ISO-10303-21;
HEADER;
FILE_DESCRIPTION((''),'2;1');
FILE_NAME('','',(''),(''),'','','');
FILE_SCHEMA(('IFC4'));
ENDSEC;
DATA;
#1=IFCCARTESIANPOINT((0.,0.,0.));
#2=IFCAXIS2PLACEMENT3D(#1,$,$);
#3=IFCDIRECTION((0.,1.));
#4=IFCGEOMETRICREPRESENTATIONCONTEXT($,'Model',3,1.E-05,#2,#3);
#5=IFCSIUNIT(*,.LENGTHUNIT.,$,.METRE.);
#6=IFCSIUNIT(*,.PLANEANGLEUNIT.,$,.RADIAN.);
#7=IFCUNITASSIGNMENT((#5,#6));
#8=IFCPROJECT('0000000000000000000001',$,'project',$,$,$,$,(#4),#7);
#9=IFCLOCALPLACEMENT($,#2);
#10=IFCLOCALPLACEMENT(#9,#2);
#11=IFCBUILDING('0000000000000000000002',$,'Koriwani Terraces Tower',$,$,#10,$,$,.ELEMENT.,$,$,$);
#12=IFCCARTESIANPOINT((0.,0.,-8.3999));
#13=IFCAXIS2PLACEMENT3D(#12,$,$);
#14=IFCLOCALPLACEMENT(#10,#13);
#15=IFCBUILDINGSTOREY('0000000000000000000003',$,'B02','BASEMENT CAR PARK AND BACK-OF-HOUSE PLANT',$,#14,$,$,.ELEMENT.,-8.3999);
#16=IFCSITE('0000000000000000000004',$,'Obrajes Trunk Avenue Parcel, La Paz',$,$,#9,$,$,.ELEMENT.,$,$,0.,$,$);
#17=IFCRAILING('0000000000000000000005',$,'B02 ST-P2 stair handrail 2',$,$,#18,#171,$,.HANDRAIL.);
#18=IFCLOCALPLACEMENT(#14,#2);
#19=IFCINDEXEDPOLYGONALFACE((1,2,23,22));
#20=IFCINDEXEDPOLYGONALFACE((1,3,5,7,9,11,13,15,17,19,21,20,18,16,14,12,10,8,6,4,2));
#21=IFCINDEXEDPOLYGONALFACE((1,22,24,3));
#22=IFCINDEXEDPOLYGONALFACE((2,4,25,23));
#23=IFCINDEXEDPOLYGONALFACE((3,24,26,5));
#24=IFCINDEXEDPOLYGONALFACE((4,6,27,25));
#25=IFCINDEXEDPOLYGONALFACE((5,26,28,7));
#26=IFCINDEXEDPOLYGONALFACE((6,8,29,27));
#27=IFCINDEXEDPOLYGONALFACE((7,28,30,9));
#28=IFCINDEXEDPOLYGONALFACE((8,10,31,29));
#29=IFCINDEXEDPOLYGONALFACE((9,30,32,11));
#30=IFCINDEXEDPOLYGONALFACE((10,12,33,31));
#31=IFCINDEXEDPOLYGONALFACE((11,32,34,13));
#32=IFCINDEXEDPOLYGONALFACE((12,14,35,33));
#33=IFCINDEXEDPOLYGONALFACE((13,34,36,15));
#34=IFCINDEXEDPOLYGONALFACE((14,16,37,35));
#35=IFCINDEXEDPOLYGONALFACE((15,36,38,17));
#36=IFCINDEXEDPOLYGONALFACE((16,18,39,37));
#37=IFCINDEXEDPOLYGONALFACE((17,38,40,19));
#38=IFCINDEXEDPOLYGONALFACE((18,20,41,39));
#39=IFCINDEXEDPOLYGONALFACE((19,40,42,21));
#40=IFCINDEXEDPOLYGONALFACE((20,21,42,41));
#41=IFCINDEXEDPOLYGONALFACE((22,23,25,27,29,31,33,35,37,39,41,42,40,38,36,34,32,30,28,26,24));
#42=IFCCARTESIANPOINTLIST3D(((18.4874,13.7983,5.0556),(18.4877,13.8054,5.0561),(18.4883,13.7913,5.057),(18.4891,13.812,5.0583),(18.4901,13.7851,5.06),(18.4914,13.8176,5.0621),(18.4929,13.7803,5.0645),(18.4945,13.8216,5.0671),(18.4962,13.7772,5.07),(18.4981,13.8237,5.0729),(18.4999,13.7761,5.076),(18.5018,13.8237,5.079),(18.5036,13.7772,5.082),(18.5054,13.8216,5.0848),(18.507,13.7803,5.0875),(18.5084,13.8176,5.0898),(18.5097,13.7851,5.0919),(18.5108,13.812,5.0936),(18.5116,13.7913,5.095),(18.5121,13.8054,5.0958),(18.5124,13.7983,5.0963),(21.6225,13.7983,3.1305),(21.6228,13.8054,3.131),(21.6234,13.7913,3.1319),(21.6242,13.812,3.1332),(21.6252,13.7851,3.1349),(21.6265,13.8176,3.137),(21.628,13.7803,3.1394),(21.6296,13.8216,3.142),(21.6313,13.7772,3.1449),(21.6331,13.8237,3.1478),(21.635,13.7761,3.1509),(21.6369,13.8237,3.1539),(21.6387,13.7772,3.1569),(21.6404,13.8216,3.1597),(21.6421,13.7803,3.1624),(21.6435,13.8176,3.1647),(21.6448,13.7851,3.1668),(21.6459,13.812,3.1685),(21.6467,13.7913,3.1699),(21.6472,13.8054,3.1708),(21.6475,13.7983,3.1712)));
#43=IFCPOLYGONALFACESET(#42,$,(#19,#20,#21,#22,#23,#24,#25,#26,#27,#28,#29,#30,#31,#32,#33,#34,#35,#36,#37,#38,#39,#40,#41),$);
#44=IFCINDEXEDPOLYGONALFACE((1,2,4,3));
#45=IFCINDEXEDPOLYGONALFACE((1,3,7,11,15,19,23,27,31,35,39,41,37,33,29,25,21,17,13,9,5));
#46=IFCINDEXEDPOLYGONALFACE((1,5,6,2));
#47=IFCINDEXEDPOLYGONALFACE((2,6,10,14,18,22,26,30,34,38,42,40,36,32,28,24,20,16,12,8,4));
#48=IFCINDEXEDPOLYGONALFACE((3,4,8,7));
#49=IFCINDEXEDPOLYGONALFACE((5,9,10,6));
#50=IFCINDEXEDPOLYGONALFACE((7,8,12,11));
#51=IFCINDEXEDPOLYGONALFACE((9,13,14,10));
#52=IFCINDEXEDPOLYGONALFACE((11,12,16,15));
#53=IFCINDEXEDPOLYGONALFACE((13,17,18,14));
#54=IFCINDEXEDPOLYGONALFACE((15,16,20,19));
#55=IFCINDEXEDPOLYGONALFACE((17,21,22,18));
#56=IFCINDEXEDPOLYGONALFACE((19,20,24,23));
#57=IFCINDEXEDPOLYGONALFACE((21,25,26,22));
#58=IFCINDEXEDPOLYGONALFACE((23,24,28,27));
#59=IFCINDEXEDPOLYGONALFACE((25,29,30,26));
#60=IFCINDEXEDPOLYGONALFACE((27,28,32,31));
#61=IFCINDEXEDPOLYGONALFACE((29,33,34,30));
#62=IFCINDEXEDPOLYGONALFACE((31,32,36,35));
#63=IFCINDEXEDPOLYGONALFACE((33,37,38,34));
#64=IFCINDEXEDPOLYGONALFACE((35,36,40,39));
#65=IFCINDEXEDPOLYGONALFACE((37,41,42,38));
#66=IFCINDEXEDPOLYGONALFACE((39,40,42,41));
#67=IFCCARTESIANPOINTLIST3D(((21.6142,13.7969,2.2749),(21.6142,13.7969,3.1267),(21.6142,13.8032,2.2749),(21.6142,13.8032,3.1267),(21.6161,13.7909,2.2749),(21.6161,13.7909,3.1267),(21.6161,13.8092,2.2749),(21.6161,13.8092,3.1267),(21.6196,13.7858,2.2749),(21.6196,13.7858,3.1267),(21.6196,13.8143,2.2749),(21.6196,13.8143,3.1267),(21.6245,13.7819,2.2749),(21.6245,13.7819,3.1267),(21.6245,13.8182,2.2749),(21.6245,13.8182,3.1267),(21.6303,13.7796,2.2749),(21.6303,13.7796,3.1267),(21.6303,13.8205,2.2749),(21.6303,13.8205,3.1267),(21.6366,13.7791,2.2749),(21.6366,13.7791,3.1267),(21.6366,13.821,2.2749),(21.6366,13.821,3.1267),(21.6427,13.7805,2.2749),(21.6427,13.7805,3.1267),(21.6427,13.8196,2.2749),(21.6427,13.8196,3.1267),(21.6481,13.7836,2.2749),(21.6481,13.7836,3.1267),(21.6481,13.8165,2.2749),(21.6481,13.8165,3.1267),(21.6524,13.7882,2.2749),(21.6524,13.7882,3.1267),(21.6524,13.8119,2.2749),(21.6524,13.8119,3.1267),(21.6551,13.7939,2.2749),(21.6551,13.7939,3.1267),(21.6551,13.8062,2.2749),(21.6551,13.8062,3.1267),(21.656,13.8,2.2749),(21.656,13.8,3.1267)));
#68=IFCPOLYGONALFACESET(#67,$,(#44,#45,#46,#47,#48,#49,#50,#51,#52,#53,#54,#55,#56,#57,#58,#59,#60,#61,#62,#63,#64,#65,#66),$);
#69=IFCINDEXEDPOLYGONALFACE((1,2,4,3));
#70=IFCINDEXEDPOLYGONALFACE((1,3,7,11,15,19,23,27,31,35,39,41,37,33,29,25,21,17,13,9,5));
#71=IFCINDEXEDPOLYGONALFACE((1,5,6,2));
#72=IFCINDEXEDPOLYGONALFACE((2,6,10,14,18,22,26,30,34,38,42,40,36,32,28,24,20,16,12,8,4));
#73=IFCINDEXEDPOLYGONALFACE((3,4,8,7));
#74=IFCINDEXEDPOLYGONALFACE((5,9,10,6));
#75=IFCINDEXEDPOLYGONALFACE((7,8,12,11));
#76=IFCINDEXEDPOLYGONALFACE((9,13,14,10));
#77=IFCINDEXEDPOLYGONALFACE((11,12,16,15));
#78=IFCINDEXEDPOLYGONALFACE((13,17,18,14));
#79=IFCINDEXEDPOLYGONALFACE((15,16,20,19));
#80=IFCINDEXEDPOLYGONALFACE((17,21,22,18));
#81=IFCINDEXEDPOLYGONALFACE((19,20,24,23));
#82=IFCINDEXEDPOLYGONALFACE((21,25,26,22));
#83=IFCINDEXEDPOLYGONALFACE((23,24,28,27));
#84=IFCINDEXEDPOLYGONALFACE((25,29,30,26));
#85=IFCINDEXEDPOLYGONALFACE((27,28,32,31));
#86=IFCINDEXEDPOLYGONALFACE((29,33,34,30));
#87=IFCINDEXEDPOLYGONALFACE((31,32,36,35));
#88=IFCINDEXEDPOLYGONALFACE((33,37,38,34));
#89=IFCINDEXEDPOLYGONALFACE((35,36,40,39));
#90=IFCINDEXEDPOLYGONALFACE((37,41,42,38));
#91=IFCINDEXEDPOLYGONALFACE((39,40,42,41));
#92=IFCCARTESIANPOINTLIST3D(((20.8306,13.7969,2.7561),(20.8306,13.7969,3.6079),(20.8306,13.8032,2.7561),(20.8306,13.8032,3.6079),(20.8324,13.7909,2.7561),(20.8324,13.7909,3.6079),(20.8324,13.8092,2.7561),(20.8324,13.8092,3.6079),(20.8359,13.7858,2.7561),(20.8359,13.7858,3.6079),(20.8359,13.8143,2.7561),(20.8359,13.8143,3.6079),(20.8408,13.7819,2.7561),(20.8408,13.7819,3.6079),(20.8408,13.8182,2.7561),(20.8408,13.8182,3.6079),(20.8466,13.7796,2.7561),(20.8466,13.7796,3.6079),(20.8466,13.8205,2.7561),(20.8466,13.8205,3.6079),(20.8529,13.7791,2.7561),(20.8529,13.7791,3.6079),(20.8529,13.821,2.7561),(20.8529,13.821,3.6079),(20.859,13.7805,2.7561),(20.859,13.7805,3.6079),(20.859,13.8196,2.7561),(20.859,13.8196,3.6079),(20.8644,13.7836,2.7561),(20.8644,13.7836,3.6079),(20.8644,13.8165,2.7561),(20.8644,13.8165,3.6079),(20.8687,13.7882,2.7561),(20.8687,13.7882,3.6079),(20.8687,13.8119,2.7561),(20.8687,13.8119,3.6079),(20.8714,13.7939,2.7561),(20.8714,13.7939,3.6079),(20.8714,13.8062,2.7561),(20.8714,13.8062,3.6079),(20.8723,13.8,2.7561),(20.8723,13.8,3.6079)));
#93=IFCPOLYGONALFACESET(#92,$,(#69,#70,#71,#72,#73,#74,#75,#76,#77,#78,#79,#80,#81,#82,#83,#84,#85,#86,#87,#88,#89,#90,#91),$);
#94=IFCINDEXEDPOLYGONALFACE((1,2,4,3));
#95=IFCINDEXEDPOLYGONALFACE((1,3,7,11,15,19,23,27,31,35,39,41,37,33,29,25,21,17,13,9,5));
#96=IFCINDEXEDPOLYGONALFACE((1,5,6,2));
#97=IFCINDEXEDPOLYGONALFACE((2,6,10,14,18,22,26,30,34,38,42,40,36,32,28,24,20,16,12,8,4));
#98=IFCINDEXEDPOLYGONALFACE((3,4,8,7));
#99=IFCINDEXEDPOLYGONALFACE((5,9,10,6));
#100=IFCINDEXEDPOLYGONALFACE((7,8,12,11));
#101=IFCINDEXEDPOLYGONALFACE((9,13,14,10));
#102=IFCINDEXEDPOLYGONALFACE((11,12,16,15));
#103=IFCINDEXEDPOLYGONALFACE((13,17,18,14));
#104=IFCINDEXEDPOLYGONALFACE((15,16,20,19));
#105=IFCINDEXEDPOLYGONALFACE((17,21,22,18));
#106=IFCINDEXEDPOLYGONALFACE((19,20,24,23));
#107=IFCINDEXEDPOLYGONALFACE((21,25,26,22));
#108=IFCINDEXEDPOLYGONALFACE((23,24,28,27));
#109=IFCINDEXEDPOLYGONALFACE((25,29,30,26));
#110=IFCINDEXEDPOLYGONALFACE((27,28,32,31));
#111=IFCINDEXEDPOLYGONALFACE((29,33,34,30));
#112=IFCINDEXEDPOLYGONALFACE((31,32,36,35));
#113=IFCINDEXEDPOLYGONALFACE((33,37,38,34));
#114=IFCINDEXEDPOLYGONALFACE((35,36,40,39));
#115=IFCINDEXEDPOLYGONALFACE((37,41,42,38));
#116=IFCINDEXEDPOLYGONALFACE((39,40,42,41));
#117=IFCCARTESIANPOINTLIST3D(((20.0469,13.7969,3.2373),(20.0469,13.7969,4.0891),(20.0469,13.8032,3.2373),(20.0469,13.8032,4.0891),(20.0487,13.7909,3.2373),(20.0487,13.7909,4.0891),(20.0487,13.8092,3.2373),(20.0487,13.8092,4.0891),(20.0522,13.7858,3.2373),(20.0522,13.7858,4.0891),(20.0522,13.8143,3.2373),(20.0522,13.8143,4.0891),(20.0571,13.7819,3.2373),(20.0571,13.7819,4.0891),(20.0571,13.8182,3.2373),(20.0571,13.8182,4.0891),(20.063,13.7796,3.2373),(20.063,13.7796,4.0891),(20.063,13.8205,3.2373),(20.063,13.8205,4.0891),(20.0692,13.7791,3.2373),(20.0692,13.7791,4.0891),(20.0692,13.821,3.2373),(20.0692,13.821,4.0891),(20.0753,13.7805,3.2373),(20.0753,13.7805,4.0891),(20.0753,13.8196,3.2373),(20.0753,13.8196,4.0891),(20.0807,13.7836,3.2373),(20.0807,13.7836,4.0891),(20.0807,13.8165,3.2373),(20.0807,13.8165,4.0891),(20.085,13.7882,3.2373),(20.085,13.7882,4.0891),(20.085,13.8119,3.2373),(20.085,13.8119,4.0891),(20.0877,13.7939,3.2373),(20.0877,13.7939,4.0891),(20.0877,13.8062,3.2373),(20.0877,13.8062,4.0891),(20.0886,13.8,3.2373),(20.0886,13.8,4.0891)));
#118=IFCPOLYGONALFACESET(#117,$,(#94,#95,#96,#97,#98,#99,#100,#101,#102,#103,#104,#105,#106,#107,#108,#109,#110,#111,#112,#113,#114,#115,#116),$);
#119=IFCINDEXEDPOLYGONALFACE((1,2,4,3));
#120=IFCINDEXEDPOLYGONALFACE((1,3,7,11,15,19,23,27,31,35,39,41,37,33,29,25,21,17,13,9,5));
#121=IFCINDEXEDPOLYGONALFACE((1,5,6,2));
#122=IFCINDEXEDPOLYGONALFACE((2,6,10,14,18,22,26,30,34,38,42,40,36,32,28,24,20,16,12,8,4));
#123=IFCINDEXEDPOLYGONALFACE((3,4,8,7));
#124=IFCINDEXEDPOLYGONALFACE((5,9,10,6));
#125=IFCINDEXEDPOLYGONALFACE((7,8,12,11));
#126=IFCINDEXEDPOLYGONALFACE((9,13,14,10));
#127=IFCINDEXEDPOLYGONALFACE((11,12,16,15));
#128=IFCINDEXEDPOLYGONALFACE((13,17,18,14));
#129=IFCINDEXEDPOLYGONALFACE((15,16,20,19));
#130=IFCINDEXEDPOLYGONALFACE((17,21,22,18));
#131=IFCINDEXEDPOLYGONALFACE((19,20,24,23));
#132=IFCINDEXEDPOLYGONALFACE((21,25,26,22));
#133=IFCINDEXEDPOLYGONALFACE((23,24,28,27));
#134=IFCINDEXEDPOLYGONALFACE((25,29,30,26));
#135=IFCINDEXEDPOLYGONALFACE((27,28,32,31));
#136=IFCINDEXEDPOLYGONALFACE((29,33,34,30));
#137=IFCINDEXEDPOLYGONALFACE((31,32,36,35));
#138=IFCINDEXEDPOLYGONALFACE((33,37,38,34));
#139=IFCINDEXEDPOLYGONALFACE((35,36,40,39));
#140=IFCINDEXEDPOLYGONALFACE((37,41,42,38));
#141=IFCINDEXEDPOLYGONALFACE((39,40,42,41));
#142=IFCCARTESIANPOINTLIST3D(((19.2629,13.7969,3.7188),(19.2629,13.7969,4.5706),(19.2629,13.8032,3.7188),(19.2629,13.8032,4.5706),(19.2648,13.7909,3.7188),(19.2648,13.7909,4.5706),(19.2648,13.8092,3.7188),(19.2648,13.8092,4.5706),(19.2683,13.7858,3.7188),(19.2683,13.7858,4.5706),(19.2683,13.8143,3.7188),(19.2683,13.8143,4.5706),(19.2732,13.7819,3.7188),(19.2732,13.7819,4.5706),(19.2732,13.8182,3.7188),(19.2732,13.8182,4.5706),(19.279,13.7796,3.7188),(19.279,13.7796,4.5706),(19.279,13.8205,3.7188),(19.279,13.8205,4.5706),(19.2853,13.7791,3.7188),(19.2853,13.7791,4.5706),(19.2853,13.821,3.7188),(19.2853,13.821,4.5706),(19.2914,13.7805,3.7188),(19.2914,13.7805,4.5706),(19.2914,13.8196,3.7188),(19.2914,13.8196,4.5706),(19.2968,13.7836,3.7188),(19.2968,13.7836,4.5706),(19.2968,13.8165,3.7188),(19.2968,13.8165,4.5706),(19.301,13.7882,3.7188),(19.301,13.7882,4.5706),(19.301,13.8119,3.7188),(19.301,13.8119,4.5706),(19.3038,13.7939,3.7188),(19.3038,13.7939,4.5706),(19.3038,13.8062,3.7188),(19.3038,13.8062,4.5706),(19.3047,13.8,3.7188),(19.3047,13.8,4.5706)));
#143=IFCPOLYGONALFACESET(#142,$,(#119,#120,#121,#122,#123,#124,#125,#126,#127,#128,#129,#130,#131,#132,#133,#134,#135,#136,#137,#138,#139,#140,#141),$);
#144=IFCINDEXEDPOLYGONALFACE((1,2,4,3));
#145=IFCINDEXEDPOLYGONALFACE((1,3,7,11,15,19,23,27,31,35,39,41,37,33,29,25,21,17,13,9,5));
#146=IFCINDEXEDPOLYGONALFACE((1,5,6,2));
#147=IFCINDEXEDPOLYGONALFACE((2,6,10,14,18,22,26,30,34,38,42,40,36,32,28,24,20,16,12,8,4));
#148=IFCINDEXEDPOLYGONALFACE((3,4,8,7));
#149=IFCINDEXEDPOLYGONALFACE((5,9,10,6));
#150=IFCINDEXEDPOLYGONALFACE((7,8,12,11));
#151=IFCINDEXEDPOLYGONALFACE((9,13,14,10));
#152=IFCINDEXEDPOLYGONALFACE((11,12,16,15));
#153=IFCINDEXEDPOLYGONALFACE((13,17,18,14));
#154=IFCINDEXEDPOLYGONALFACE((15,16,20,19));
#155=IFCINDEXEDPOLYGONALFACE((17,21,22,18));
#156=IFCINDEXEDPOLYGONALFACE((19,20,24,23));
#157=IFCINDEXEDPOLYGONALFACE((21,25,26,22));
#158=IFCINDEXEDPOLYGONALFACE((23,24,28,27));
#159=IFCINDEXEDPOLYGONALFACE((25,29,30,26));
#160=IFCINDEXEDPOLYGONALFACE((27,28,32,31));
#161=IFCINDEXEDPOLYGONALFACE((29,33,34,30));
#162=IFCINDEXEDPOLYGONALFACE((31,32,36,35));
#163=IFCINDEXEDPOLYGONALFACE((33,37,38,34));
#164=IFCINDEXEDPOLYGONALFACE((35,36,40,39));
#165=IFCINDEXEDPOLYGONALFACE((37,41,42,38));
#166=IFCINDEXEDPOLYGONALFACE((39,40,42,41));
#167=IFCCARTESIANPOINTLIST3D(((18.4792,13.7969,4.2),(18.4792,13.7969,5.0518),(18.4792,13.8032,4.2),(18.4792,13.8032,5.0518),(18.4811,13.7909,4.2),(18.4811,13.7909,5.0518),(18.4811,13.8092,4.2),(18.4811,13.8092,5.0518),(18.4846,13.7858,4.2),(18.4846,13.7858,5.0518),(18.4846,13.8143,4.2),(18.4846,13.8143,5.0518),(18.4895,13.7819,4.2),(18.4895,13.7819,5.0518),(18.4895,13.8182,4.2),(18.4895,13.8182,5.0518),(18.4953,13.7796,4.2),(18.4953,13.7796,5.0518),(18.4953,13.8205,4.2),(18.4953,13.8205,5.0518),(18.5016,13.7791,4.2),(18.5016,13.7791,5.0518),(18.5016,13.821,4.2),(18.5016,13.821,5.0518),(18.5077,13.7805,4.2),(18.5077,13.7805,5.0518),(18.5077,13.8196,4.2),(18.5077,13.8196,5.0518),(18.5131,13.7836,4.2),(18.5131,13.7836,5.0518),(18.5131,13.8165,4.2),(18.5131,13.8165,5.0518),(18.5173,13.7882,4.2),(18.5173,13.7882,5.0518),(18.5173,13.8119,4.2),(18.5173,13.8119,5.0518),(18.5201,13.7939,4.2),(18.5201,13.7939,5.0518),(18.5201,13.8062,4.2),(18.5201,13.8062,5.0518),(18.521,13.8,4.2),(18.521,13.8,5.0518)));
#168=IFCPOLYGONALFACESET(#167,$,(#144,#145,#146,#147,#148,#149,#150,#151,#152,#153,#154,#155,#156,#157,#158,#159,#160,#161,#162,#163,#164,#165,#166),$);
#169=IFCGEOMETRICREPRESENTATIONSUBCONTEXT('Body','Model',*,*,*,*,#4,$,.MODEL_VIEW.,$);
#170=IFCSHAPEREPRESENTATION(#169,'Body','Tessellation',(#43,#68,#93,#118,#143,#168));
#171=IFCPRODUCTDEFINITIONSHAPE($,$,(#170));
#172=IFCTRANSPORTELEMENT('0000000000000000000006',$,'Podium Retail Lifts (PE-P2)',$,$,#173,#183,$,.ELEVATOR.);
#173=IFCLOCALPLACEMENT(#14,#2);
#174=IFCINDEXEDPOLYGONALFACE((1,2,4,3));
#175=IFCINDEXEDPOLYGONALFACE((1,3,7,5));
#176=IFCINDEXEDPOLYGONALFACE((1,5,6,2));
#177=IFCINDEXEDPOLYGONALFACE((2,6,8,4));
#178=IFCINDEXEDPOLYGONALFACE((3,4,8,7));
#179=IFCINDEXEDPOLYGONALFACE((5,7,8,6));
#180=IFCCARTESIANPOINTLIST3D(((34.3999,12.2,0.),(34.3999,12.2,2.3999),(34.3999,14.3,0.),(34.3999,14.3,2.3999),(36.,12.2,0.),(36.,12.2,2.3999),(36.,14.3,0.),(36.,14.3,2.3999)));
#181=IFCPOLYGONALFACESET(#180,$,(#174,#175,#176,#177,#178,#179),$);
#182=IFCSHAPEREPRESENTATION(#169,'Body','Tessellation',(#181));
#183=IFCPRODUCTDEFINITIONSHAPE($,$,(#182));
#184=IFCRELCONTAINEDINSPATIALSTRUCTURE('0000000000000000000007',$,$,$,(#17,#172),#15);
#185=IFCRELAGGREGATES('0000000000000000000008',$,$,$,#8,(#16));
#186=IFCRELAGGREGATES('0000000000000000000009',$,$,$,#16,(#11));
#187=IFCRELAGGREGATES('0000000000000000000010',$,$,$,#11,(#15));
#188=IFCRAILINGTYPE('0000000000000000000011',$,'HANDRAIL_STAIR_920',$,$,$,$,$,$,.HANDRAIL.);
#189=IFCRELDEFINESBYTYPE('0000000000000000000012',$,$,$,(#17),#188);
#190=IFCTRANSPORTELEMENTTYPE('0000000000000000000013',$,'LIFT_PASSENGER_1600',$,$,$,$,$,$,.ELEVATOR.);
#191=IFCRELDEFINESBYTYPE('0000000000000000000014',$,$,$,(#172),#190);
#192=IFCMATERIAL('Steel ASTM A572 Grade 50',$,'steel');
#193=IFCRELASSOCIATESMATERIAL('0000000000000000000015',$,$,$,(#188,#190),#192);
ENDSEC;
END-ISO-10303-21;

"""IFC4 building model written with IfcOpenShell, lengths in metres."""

from ifc_helpers import new_model, si_unit, direction, frame, origin, origin_2d, place, context, subcontext, project, spatial, rectangle, circle, extrude, material, type_object, element, save


model = new_model("IFC4")

# Units and contexts
model_context = context("Model", 3, precision=1e-05, world=origin(), true_north=direction((0.0, 1.0)))
body_context = subcontext(model_context, "Body", "Model", "MODEL_VIEW")
ifc_project = project(units=[si_unit("LENGTHUNIT", "METRE"), si_unit("PLANEANGLEUNIT", "RADIAN")], contexts=[model_context])

# Site, building, storey
site_placement = place(None, origin())
site = spatial("IfcSite", under=ifc_project, at=site_placement, Name="Obrajes Trunk Avenue Parcel, La Paz", CompositionType="ELEMENT", RefElevation=0.0)
building_placement = place(site_placement, origin())
building = spatial("IfcBuilding", under=site, at=building_placement, Name="Koriwani Terraces Tower", CompositionType="ELEMENT")
storey_placement = place(building_placement, frame((0.0, 0.0, -8.3999)))
storey = spatial("IfcBuildingStorey", under=building, at=storey_placement, Name="B02", Description="BASEMENT CAR PARK AND BACK-OF-HOUSE PLANT", CompositionType="ELEMENT", Elevation=-8.3999)

# Shared definitions
ifc_material_1 = material(Name="Steel ASTM A572 Grade 50", Category="steel")

# Railing
railing_type_1 = type_object("IfcRailingType", Name="HANDRAIL_STAIR_920", PredefinedType="HANDRAIL", material=ifc_material_1)
railing_1_placement = place(storey_placement, frame((21.635, 13.8, 2.2749)))
element("IfcRailing", 1, at=railing_1_placement, inside=storey, type_object=railing_type_1, Name="B02 ST-P2 stair handrail 2", PredefinedType="HANDRAIL", context=body_context, shape_type="SweptSolid", body=[
    extrude(circle(Radius=0.0239, at=origin_2d()), frame((0.0, 0.0, 0.876), z_axis=(-0.852166, 0.0, 0.523271), x_axis=(0.0, -1.0, 0.0)), (0.0, 0.0, 1.0), 3.679),
    extrude(circle(Radius=0.021, at=origin_2d()), origin(), (0.0, 0.0, 1.0), 0.8518),
    extrude(circle(Radius=0.021, at=origin_2d()), frame((-0.7837, 0.0, 0.4812)), (0.0, 0.0, 1.0), 0.8518),
    extrude(circle(Radius=0.021, at=origin_2d()), frame((-1.5674, 0.0, 0.9624)), (0.0, 0.0, 1.0), 0.8518),
    extrude(circle(Radius=0.021, at=origin_2d()), frame((-2.3513, 0.0, 1.4438)), (0.0, 0.0, 1.0), 0.8518),
    extrude(circle(Radius=0.021, at=origin_2d()), frame((-3.135, 0.0, 1.925)), (0.0, 0.0, 1.0), 0.8518),
])

# Transport element
transport_element_type = type_object("IfcTransportElementType", Name="LIFT_PASSENGER_1600", PredefinedType="ELEVATOR", material=ifc_material_1)
transport_element_placement = place(storey_placement, frame((35.2, 13.25, 0.0), z_axis=(0.0, 0.0, 1.0), x_axis=(1.0, 0.0, 0.0)))
element("IfcTransportElement", 2, at=transport_element_placement, inside=storey, type_object=transport_element_type, Name="Podium Retail Lifts (PE-P2)", PredefinedType="ELEVATOR", context=body_context, shape_type="SweptSolid", body=[
    extrude(rectangle(XDim=1.6001, YDim=2.1001, at=origin_2d()), origin(), (0.0, 0.0, 1.0), 2.3999),
])

save(model, "model.ifc")
